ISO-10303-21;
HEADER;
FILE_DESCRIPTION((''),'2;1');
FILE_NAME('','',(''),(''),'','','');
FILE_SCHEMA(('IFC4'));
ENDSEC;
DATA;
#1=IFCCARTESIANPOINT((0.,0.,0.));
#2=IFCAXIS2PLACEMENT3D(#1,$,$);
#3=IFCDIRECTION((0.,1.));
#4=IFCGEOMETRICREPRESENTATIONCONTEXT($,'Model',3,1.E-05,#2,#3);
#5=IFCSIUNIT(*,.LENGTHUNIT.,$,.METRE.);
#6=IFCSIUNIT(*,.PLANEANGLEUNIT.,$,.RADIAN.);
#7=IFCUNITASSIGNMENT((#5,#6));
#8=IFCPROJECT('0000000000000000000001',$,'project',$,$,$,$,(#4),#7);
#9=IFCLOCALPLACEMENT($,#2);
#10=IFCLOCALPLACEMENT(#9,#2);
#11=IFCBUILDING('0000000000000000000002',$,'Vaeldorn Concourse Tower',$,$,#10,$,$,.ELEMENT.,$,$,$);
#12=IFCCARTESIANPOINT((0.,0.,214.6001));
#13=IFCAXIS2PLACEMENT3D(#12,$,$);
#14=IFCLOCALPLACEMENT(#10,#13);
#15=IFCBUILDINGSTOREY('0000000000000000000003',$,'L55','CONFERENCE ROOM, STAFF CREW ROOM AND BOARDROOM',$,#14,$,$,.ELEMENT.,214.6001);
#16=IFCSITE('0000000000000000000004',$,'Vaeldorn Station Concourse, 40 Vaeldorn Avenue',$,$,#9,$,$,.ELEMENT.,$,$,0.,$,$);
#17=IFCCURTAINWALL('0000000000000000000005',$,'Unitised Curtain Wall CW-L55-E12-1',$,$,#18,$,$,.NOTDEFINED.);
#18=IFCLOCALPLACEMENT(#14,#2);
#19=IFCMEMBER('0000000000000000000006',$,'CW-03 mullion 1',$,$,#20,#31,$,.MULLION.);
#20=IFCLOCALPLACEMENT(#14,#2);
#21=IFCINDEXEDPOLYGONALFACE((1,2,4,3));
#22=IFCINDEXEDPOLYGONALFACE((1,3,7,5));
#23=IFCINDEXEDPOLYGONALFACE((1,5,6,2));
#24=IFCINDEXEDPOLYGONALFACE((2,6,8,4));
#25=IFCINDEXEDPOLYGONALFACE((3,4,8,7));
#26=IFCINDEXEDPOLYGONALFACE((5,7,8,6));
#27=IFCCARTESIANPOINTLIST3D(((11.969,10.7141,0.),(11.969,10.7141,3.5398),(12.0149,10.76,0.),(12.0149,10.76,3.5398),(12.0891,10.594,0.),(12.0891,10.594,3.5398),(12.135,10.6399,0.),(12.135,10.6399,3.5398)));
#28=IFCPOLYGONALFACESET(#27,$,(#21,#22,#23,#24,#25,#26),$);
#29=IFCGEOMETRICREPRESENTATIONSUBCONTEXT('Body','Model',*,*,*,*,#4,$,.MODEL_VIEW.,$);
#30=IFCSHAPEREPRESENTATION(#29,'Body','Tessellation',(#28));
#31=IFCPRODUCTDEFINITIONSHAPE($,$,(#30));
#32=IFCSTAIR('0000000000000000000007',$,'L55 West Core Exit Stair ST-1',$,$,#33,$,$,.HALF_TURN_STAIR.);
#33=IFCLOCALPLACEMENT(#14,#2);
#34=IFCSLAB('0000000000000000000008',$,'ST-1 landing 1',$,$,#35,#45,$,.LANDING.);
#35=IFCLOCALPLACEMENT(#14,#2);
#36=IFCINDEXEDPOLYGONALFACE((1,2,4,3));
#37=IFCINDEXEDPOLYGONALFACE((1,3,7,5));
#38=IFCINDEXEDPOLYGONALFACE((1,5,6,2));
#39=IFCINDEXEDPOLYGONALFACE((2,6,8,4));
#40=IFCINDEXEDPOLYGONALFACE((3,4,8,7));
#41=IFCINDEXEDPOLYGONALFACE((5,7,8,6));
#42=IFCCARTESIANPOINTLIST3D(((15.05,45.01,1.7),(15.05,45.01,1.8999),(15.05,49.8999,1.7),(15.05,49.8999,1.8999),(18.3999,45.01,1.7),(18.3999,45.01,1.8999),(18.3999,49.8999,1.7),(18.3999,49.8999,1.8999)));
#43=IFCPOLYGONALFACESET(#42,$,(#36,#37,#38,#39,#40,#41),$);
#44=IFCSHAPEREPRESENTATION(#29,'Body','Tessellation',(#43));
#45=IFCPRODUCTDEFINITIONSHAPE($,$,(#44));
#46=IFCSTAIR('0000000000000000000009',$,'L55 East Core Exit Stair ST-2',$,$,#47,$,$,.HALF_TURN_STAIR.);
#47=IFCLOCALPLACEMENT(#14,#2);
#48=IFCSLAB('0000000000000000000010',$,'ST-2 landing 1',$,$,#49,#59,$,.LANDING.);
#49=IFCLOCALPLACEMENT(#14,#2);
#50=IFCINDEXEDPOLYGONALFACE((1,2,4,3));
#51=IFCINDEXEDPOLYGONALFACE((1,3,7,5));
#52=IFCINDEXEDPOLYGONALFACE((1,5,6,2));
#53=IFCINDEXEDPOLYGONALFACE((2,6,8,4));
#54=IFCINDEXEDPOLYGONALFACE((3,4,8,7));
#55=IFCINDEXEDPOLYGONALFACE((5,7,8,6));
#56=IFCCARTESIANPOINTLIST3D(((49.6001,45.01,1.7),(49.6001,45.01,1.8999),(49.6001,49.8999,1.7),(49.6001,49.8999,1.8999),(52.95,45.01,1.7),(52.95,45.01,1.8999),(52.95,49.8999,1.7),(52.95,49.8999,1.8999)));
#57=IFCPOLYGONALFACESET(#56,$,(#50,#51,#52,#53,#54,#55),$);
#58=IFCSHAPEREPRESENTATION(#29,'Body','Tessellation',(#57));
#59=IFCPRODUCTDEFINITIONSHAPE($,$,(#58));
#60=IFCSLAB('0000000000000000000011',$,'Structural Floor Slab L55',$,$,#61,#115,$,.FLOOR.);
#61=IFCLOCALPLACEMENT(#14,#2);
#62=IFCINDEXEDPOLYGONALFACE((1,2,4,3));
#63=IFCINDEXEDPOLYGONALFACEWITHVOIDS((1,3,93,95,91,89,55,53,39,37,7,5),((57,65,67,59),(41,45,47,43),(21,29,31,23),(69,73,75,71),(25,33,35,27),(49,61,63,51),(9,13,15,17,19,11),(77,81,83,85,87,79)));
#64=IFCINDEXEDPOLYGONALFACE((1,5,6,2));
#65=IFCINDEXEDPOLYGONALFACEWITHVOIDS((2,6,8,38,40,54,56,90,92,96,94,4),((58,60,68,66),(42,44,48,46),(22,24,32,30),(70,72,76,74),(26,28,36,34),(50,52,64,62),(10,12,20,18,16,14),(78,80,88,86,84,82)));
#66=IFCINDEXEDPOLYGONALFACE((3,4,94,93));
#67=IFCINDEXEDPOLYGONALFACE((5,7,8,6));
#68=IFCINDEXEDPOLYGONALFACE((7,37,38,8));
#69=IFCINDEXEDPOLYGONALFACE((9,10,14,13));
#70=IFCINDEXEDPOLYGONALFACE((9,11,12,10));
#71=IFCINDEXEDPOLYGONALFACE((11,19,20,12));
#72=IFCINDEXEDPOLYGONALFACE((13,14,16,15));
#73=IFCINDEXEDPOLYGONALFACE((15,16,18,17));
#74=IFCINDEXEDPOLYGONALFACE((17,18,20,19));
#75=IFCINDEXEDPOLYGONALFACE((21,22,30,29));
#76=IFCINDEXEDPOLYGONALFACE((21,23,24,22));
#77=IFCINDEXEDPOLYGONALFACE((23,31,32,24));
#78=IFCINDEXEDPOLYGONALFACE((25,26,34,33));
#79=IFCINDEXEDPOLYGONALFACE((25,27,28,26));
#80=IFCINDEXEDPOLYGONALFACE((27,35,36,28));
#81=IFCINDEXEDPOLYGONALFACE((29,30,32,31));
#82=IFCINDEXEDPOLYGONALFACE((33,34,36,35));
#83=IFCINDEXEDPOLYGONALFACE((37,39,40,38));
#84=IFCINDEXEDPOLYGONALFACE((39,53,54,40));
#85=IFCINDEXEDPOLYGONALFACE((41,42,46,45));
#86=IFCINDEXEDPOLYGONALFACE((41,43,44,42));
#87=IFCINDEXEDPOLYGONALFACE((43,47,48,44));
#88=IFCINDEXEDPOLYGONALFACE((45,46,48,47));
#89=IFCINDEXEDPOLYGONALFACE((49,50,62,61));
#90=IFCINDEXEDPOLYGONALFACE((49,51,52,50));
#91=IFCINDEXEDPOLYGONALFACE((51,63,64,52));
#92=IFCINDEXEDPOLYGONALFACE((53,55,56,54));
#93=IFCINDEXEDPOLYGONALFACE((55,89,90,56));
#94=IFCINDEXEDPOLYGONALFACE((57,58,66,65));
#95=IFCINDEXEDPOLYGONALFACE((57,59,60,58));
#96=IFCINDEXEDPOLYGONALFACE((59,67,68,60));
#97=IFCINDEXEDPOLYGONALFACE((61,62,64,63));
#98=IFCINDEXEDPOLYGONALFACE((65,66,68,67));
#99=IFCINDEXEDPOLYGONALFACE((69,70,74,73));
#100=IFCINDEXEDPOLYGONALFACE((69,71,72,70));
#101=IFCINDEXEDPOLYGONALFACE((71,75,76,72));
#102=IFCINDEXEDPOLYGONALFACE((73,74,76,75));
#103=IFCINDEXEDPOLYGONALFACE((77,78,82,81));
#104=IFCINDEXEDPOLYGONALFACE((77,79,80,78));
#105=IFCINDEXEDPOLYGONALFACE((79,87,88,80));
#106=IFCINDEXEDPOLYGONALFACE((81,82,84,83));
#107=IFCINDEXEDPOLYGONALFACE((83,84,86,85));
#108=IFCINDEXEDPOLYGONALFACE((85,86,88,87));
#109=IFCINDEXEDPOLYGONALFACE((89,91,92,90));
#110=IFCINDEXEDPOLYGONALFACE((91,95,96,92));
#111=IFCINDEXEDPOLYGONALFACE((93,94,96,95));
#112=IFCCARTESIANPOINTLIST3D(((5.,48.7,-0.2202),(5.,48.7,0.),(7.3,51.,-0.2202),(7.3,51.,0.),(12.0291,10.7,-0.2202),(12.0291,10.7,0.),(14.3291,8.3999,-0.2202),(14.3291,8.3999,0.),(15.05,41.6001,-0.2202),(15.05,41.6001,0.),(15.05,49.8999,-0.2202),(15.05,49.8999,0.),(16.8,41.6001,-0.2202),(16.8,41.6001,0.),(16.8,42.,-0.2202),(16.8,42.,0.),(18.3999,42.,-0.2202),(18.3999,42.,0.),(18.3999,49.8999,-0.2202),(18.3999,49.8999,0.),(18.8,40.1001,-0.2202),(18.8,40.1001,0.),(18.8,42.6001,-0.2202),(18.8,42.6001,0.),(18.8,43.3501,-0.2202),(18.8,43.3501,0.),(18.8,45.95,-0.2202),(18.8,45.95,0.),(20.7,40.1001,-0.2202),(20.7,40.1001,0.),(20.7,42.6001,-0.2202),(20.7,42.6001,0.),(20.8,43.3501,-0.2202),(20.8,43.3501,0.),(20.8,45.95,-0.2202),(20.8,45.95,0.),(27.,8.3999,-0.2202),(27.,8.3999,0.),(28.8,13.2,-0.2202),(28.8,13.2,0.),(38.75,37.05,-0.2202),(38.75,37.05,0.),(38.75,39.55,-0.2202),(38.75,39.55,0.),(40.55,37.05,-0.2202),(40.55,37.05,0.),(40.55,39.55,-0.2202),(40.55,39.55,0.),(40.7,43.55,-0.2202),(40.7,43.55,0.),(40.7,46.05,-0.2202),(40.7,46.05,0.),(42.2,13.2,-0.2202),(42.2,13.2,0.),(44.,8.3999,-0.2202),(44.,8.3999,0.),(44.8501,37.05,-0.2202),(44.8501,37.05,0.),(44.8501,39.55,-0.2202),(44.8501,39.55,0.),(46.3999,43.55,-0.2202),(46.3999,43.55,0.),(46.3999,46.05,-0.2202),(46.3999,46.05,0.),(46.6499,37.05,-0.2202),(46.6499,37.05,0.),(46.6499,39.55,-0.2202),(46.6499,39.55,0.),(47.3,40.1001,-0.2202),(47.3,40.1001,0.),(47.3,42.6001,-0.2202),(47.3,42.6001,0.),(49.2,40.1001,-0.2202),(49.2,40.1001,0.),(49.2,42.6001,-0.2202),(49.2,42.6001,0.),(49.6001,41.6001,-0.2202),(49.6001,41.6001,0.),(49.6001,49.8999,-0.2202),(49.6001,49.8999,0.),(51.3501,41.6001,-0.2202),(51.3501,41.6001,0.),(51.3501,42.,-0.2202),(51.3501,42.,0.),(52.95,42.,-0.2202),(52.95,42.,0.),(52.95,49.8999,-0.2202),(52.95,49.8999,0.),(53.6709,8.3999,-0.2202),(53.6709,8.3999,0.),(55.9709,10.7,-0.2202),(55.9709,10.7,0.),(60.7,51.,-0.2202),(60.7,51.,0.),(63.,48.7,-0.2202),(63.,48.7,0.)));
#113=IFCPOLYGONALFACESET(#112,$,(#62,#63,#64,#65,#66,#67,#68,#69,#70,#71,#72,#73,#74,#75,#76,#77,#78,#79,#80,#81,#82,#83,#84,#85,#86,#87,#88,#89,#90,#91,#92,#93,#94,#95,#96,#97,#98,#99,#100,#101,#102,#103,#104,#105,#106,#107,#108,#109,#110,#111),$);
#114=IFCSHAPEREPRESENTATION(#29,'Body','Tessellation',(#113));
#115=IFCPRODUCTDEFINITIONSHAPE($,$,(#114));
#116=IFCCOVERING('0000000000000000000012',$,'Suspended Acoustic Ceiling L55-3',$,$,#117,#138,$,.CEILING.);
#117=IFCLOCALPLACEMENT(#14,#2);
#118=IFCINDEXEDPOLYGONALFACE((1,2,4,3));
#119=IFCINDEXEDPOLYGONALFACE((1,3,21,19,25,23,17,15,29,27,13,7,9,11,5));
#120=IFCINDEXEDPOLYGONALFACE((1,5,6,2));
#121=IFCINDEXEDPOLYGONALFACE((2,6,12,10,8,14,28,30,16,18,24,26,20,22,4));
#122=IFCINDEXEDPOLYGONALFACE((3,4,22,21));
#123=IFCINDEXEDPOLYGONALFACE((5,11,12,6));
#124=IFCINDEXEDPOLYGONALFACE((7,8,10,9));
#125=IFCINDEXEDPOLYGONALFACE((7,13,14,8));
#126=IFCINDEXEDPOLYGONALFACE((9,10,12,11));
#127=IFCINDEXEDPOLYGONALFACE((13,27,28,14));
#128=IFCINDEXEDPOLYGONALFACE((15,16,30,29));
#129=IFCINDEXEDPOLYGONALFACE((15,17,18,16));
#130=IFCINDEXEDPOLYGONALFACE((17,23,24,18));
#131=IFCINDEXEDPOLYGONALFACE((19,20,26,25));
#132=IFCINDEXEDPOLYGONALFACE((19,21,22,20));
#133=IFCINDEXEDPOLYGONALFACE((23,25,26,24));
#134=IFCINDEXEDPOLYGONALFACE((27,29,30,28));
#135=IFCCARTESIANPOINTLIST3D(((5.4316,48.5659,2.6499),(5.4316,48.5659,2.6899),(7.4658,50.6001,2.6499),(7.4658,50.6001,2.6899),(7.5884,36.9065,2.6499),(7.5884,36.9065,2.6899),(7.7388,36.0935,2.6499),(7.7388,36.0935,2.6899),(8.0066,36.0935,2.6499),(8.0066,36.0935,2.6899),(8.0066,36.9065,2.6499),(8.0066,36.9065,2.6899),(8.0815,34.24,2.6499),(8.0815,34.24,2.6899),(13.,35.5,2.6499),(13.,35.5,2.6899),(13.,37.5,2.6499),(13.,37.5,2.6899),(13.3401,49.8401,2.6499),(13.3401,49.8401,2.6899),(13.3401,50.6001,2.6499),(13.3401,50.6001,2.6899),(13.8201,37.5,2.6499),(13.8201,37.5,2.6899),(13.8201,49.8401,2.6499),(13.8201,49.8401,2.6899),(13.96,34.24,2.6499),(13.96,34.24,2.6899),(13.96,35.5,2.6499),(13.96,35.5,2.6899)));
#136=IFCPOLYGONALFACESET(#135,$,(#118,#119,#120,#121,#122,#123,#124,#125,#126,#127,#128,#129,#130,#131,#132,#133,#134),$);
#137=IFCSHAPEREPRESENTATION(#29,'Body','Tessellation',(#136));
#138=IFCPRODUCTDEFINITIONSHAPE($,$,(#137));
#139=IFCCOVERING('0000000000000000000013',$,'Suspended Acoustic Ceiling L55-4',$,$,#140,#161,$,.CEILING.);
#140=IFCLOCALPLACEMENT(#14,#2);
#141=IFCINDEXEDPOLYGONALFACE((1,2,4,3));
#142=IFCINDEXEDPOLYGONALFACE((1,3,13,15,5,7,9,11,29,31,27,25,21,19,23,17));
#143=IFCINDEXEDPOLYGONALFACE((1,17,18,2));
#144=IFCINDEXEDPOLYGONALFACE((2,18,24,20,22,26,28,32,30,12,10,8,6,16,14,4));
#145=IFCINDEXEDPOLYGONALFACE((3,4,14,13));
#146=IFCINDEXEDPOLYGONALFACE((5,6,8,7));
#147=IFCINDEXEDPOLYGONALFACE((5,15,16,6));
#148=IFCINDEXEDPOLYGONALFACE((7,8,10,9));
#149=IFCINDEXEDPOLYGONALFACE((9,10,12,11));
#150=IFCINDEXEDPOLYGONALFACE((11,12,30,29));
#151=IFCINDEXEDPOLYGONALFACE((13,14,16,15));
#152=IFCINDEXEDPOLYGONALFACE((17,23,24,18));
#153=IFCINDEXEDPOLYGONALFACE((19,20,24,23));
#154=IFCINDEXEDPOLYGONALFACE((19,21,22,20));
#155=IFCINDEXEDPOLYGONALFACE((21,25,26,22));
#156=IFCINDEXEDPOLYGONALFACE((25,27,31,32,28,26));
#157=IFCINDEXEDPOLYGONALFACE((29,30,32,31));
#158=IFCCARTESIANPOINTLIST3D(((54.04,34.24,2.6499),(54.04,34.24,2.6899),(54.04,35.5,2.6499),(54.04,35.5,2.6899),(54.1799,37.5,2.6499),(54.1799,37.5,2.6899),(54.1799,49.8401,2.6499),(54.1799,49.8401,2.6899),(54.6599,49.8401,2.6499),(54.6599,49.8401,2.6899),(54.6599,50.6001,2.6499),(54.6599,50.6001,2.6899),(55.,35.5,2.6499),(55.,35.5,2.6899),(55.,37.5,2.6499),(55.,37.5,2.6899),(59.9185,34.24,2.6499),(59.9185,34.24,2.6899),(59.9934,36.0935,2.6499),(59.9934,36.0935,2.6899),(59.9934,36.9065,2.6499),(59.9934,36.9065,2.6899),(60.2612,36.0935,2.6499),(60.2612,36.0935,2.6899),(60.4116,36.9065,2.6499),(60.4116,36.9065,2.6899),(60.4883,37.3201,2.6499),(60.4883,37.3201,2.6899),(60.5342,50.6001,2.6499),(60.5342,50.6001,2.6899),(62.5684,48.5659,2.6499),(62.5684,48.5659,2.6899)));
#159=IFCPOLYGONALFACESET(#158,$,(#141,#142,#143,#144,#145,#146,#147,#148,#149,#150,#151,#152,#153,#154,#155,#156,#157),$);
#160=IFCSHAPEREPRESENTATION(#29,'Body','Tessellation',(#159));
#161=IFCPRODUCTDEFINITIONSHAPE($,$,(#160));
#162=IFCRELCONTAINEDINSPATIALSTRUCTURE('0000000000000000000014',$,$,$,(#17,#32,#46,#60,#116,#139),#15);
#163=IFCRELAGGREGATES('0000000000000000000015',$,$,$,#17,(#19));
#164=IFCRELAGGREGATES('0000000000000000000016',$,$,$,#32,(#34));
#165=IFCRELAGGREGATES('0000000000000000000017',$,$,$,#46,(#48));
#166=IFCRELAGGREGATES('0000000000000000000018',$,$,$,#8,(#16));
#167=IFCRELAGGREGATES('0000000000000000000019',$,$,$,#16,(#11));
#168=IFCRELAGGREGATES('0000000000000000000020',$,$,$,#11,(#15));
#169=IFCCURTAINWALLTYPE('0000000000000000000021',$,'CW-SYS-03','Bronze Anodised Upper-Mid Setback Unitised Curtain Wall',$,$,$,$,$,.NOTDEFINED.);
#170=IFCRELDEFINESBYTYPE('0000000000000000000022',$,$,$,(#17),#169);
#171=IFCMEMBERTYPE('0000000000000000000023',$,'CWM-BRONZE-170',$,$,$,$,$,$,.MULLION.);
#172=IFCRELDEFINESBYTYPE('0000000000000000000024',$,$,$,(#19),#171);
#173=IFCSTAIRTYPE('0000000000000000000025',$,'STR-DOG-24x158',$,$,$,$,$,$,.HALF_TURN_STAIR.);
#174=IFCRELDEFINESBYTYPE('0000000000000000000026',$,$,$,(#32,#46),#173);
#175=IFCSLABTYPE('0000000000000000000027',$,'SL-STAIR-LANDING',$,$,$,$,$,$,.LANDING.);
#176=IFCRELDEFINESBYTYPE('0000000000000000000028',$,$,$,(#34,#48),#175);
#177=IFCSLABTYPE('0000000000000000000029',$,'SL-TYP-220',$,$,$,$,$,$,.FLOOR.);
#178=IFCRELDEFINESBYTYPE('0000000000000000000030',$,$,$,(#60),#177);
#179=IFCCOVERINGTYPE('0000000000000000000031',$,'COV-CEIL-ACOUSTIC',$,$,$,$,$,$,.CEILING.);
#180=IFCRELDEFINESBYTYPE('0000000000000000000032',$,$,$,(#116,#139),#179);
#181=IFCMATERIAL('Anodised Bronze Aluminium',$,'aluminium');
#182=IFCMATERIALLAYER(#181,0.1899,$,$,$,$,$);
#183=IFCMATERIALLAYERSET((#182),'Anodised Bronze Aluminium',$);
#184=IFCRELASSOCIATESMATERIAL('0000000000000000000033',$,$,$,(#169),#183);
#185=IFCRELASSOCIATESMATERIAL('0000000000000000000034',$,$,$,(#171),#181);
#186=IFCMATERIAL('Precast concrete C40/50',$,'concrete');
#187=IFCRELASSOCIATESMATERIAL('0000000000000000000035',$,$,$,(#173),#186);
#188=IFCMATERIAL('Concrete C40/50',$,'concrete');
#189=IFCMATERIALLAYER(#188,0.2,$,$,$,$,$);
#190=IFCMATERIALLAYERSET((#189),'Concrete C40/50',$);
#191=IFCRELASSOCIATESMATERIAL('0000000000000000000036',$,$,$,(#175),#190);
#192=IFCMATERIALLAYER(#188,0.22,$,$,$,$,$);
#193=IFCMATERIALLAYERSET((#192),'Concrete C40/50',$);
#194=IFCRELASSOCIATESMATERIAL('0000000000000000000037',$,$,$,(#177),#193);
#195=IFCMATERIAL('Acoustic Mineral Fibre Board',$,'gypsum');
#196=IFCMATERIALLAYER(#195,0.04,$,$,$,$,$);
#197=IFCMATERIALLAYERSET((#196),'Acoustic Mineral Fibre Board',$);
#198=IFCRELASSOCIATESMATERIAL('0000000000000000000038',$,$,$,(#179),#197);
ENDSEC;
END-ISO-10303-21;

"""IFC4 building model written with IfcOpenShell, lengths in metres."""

from ifc_helpers import new_model, si_unit, direction, frame, origin, origin_2d, place, context, subcontext, project, spatial, polyline, rectangle, outline, extrude, source, transform, mapped, material, layer, layer_set, material_profile, profile_set, type_object, element, aggregate, save


model = new_model("IFC4")

# Units and contexts
model_context = context("Model", 3, precision=1e-05, world=origin(), true_north=direction((0.0, 1.0)))
body_context = subcontext(model_context, "Body", "Model", "MODEL_VIEW")
ifc_project = project(units=[si_unit("LENGTHUNIT", "METRE"), si_unit("PLANEANGLEUNIT", "RADIAN")], contexts=[model_context])

# Site, building, storey
site_placement = place(None, origin())
site = spatial("IfcSite", under=ifc_project, at=site_placement, Name="Vaeldorn Station Concourse, 40 Vaeldorn Avenue", CompositionType="ELEMENT", RefElevation=0.0)
building_placement = place(site_placement, origin())
building = spatial("IfcBuilding", under=site, at=building_placement, Name="Vaeldorn Concourse Tower", CompositionType="ELEMENT")
storey_placement = place(building_placement, frame((0.0, 0.0, 214.6001)))
storey = spatial("IfcBuildingStorey", under=building, at=storey_placement, Name="L55", Description="CONFERENCE ROOM, STAFF CREW ROOM AND BOARDROOM", CompositionType="ELEMENT", Elevation=214.6001)

# Curtain wall, member
ifc_material_1 = material(Name="Anodised Bronze Aluminium", Category="aluminium")
ifc_layer_1 = layer(ifc_material_1, 0.1899)
ifc_layer_set_1 = layer_set([ifc_layer_1], Name="Anodised Bronze Aluminium")
curtain_wall_type = type_object("IfcCurtainWallType", Name="CW-SYS-03", Description="Bronze Anodised Upper-Mid Setback Unitised Curtain Wall", PredefinedType="NOTDEFINED", material=ifc_layer_set_1)
curtain_wall_placement = place(storey_placement, origin())
curtain_wall = element("IfcCurtainWall", 1, at=curtain_wall_placement, inside=storey, type_object=curtain_wall_type, Name="Unitised Curtain Wall CW-L55-E12-1", PredefinedType="NOTDEFINED")
ifc_material_profile = material_profile(ifc_material_1, rectangle(XDim=0.0649, YDim=0.1699, at=origin_2d()), Name="CWM 65x170")
ifc_profile_set = profile_set([ifc_material_profile], Name="Anodised Bronze Aluminium")
member_type = type_object("IfcMemberType", Name="CWM-BRONZE-170", PredefinedType="MULLION", material=ifc_profile_set)
shared_shape = source(origin(), body_context, "Body", "SweptSolid", [
    extrude(rectangle(XDim=0.0649, YDim=0.1699, at=origin_2d()), origin(), (0.0, 0.0, 1.0), 3.5398),
])
member_placement = place(storey_placement, frame((12.052, 10.677, 0.0), z_axis=(0.0, 0.0, 1.0), x_axis=(0.707107, 0.707107, 0.0)))
member = element("IfcMember", 2, at=member_placement, type_object=member_type, Name="CW-03 mullion 1", PredefinedType="MULLION", context=body_context, shape_type="MappedRepresentation", body=[
    mapped(shared_shape, transform((0.0, 0.0, 0.0), scale=1.0)),
])
aggregate(curtain_wall, [member])

# Stairs, slabs
ifc_material_2 = material(Name="Precast concrete C40/50", Category="concrete")
stair_type = type_object("IfcStairType", Name="STR-DOG-24x158", PredefinedType="HALF_TURN_STAIR", material=ifc_material_2)
stair_1_placement = place(storey_placement, origin())
stair_1 = element("IfcStair", 3, at=stair_1_placement, inside=storey, type_object=stair_type, Name="L55 West Core Exit Stair ST-1", PredefinedType="HALF_TURN_STAIR")
ifc_material_3 = material(Name="Concrete C40/50", Category="concrete")
ifc_layer_2 = layer(ifc_material_3, 0.2)
ifc_layer_set_2 = layer_set([ifc_layer_2], Name="Concrete C40/50")
slab_type_1 = type_object("IfcSlabType", Name="SL-STAIR-LANDING", PredefinedType="LANDING", material=ifc_layer_set_2)
slab_1_placement = place(storey_placement, frame((0.0, 0.0, 1.7)))
slab_1 = element("IfcSlab", 4, at=slab_1_placement, type_object=slab_type_1, Name="ST-1 landing 1", PredefinedType="LANDING", context=body_context, shape_type="SweptSolid", body=[
    extrude(outline(polyline([(18.3999, 45.01), (18.3999, 49.8999), (15.05, 49.8999), (15.05, 45.01), (18.3999, 45.01)])), origin(), (0.0, 0.0, 1.0), 0.2),
])
aggregate(stair_1, [slab_1])
stair_2_placement = place(storey_placement, origin())
stair_2 = element("IfcStair", 5, at=stair_2_placement, inside=storey, type_object=stair_type, Name="L55 East Core Exit Stair ST-2", PredefinedType="HALF_TURN_STAIR")
slab_2_placement = place(storey_placement, frame((0.0, 0.0, 1.7)))
slab_2 = element("IfcSlab", 6, at=slab_2_placement, type_object=slab_type_1, Name="ST-2 landing 1", PredefinedType="LANDING", context=body_context, shape_type="SweptSolid", body=[
    extrude(outline(polyline([(52.95, 45.01), (52.95, 49.8999), (49.6001, 49.8999), (49.6001, 45.01), (52.95, 45.01)])), origin(), (0.0, 0.0, 1.0), 0.2),
])
aggregate(stair_2, [slab_2])

# Slab
ifc_layer_3 = layer(ifc_material_3, 0.22)
ifc_layer_set_3 = layer_set([ifc_layer_3], Name="Concrete C40/50")
slab_type_2 = type_object("IfcSlabType", Name="SL-TYP-220", PredefinedType="FLOOR", material=ifc_layer_set_3)
slab_3_placement = place(storey_placement, frame((0.0, 0.0, -0.2202)))
element("IfcSlab", 7, at=slab_3_placement, inside=storey, type_object=slab_type_2, Name="Structural Floor Slab L55", PredefinedType="FLOOR", context=body_context, shape_type="SweptSolid", body=[
    extrude(outline(polyline([(14.3291, 8.3999), (27.0, 8.3999), (28.8, 13.2), (42.2, 13.2), (44.0, 8.3999), (53.6709, 8.3999), (55.9709, 10.7), (63.0, 48.7), (60.7, 51.0), (7.3, 51.0), (5.0, 48.7), (12.0291, 10.7), (14.3291, 8.3999)]), holes=[polyline([(18.3999, 42.0), (18.3999, 49.8999), (15.05, 49.8999), (15.05, 41.6001), (16.8, 41.6001), (16.8, 42.0), (18.3999, 42.0)]), polyline([(52.95, 42.0), (52.95, 49.8999), (49.6001, 49.8999), (49.6001, 41.6001), (51.3501, 41.6001), (51.3501, 42.0), (52.95, 42.0)]), polyline([(38.75, 37.05), (40.55, 37.05), (40.55, 39.55), (38.75, 39.55), (38.75, 37.05)]), polyline([(44.8501, 37.05), (46.6499, 37.05), (46.6499, 39.55), (44.8501, 39.55), (44.8501, 37.05)]), polyline([(40.7, 43.55), (46.3999, 43.55), (46.3999, 46.05), (40.7, 46.05), (40.7, 43.55)]), polyline([(18.8, 43.3501), (20.8, 43.3501), (20.8, 45.95), (18.8, 45.95), (18.8, 43.3501)]), polyline([(18.8, 40.1001), (20.7, 40.1001), (20.7, 42.6001), (18.8, 42.6001), (18.8, 40.1001)]), polyline([(47.3, 40.1001), (49.2, 40.1001), (49.2, 42.6001), (47.3, 42.6001), (47.3, 40.1001)])]), origin(), (0.0, 0.0, 1.0), 0.2202),
])

# Coverings
ifc_material_4 = material(Name="Acoustic Mineral Fibre Board", Category="gypsum")
ifc_layer_4 = layer(ifc_material_4, 0.04)
ifc_layer_set_4 = layer_set([ifc_layer_4], Name="Acoustic Mineral Fibre Board")
covering_type_1 = type_object("IfcCoveringType", Name="COV-CEIL-ACOUSTIC", PredefinedType="CEILING", material=ifc_layer_set_4)
covering_1_placement = place(storey_placement, frame((0.0, 0.0, 2.6499)))
element("IfcCovering", 8, at=covering_1_placement, inside=storey, type_object=covering_type_1, Name="Suspended Acoustic Ceiling L55-3", PredefinedType="CEILING", context=body_context, shape_type="SweptSolid", body=[
    extrude(outline(polyline([(7.4658, 50.6001), (13.3401, 50.6001), (13.3401, 49.8401), (13.8201, 49.8401), (13.8201, 37.5), (13.0, 37.5), (13.0, 35.5), (13.96, 35.5), (13.96, 34.24), (8.0815, 34.24), (7.7388, 36.0935), (8.0066, 36.0935), (8.0066, 36.9065), (7.5884, 36.9065), (5.4316, 48.5659), (7.4658, 50.6001)])), origin(), (0.0, 0.0, 1.0), 0.04),
])
covering_2_placement = place(storey_placement, frame((0.0, 0.0, 2.6499)))
element("IfcCovering", 9, at=covering_2_placement, inside=storey, type_object=covering_type_1, Name="Suspended Acoustic Ceiling L55-4", PredefinedType="CEILING", context=body_context, shape_type="SweptSolid", body=[
    extrude(outline(polyline([(54.1799, 49.8401), (54.6599, 49.8401), (54.6599, 50.6001), (60.5342, 50.6001), (62.5684, 48.5659), (60.4883, 37.3201), (60.4883, 37.3201), (60.4116, 36.9065), (59.9934, 36.9065), (59.9934, 36.0935), (60.2612, 36.0935), (59.9185, 34.24), (54.04, 34.24), (54.04, 35.5), (55.0, 35.5), (55.0, 37.5), (54.1799, 37.5), (54.1799, 49.8401)])), origin(), (0.0, 0.0, 1.0), 0.04),
])

save(model, "model.ifc")
